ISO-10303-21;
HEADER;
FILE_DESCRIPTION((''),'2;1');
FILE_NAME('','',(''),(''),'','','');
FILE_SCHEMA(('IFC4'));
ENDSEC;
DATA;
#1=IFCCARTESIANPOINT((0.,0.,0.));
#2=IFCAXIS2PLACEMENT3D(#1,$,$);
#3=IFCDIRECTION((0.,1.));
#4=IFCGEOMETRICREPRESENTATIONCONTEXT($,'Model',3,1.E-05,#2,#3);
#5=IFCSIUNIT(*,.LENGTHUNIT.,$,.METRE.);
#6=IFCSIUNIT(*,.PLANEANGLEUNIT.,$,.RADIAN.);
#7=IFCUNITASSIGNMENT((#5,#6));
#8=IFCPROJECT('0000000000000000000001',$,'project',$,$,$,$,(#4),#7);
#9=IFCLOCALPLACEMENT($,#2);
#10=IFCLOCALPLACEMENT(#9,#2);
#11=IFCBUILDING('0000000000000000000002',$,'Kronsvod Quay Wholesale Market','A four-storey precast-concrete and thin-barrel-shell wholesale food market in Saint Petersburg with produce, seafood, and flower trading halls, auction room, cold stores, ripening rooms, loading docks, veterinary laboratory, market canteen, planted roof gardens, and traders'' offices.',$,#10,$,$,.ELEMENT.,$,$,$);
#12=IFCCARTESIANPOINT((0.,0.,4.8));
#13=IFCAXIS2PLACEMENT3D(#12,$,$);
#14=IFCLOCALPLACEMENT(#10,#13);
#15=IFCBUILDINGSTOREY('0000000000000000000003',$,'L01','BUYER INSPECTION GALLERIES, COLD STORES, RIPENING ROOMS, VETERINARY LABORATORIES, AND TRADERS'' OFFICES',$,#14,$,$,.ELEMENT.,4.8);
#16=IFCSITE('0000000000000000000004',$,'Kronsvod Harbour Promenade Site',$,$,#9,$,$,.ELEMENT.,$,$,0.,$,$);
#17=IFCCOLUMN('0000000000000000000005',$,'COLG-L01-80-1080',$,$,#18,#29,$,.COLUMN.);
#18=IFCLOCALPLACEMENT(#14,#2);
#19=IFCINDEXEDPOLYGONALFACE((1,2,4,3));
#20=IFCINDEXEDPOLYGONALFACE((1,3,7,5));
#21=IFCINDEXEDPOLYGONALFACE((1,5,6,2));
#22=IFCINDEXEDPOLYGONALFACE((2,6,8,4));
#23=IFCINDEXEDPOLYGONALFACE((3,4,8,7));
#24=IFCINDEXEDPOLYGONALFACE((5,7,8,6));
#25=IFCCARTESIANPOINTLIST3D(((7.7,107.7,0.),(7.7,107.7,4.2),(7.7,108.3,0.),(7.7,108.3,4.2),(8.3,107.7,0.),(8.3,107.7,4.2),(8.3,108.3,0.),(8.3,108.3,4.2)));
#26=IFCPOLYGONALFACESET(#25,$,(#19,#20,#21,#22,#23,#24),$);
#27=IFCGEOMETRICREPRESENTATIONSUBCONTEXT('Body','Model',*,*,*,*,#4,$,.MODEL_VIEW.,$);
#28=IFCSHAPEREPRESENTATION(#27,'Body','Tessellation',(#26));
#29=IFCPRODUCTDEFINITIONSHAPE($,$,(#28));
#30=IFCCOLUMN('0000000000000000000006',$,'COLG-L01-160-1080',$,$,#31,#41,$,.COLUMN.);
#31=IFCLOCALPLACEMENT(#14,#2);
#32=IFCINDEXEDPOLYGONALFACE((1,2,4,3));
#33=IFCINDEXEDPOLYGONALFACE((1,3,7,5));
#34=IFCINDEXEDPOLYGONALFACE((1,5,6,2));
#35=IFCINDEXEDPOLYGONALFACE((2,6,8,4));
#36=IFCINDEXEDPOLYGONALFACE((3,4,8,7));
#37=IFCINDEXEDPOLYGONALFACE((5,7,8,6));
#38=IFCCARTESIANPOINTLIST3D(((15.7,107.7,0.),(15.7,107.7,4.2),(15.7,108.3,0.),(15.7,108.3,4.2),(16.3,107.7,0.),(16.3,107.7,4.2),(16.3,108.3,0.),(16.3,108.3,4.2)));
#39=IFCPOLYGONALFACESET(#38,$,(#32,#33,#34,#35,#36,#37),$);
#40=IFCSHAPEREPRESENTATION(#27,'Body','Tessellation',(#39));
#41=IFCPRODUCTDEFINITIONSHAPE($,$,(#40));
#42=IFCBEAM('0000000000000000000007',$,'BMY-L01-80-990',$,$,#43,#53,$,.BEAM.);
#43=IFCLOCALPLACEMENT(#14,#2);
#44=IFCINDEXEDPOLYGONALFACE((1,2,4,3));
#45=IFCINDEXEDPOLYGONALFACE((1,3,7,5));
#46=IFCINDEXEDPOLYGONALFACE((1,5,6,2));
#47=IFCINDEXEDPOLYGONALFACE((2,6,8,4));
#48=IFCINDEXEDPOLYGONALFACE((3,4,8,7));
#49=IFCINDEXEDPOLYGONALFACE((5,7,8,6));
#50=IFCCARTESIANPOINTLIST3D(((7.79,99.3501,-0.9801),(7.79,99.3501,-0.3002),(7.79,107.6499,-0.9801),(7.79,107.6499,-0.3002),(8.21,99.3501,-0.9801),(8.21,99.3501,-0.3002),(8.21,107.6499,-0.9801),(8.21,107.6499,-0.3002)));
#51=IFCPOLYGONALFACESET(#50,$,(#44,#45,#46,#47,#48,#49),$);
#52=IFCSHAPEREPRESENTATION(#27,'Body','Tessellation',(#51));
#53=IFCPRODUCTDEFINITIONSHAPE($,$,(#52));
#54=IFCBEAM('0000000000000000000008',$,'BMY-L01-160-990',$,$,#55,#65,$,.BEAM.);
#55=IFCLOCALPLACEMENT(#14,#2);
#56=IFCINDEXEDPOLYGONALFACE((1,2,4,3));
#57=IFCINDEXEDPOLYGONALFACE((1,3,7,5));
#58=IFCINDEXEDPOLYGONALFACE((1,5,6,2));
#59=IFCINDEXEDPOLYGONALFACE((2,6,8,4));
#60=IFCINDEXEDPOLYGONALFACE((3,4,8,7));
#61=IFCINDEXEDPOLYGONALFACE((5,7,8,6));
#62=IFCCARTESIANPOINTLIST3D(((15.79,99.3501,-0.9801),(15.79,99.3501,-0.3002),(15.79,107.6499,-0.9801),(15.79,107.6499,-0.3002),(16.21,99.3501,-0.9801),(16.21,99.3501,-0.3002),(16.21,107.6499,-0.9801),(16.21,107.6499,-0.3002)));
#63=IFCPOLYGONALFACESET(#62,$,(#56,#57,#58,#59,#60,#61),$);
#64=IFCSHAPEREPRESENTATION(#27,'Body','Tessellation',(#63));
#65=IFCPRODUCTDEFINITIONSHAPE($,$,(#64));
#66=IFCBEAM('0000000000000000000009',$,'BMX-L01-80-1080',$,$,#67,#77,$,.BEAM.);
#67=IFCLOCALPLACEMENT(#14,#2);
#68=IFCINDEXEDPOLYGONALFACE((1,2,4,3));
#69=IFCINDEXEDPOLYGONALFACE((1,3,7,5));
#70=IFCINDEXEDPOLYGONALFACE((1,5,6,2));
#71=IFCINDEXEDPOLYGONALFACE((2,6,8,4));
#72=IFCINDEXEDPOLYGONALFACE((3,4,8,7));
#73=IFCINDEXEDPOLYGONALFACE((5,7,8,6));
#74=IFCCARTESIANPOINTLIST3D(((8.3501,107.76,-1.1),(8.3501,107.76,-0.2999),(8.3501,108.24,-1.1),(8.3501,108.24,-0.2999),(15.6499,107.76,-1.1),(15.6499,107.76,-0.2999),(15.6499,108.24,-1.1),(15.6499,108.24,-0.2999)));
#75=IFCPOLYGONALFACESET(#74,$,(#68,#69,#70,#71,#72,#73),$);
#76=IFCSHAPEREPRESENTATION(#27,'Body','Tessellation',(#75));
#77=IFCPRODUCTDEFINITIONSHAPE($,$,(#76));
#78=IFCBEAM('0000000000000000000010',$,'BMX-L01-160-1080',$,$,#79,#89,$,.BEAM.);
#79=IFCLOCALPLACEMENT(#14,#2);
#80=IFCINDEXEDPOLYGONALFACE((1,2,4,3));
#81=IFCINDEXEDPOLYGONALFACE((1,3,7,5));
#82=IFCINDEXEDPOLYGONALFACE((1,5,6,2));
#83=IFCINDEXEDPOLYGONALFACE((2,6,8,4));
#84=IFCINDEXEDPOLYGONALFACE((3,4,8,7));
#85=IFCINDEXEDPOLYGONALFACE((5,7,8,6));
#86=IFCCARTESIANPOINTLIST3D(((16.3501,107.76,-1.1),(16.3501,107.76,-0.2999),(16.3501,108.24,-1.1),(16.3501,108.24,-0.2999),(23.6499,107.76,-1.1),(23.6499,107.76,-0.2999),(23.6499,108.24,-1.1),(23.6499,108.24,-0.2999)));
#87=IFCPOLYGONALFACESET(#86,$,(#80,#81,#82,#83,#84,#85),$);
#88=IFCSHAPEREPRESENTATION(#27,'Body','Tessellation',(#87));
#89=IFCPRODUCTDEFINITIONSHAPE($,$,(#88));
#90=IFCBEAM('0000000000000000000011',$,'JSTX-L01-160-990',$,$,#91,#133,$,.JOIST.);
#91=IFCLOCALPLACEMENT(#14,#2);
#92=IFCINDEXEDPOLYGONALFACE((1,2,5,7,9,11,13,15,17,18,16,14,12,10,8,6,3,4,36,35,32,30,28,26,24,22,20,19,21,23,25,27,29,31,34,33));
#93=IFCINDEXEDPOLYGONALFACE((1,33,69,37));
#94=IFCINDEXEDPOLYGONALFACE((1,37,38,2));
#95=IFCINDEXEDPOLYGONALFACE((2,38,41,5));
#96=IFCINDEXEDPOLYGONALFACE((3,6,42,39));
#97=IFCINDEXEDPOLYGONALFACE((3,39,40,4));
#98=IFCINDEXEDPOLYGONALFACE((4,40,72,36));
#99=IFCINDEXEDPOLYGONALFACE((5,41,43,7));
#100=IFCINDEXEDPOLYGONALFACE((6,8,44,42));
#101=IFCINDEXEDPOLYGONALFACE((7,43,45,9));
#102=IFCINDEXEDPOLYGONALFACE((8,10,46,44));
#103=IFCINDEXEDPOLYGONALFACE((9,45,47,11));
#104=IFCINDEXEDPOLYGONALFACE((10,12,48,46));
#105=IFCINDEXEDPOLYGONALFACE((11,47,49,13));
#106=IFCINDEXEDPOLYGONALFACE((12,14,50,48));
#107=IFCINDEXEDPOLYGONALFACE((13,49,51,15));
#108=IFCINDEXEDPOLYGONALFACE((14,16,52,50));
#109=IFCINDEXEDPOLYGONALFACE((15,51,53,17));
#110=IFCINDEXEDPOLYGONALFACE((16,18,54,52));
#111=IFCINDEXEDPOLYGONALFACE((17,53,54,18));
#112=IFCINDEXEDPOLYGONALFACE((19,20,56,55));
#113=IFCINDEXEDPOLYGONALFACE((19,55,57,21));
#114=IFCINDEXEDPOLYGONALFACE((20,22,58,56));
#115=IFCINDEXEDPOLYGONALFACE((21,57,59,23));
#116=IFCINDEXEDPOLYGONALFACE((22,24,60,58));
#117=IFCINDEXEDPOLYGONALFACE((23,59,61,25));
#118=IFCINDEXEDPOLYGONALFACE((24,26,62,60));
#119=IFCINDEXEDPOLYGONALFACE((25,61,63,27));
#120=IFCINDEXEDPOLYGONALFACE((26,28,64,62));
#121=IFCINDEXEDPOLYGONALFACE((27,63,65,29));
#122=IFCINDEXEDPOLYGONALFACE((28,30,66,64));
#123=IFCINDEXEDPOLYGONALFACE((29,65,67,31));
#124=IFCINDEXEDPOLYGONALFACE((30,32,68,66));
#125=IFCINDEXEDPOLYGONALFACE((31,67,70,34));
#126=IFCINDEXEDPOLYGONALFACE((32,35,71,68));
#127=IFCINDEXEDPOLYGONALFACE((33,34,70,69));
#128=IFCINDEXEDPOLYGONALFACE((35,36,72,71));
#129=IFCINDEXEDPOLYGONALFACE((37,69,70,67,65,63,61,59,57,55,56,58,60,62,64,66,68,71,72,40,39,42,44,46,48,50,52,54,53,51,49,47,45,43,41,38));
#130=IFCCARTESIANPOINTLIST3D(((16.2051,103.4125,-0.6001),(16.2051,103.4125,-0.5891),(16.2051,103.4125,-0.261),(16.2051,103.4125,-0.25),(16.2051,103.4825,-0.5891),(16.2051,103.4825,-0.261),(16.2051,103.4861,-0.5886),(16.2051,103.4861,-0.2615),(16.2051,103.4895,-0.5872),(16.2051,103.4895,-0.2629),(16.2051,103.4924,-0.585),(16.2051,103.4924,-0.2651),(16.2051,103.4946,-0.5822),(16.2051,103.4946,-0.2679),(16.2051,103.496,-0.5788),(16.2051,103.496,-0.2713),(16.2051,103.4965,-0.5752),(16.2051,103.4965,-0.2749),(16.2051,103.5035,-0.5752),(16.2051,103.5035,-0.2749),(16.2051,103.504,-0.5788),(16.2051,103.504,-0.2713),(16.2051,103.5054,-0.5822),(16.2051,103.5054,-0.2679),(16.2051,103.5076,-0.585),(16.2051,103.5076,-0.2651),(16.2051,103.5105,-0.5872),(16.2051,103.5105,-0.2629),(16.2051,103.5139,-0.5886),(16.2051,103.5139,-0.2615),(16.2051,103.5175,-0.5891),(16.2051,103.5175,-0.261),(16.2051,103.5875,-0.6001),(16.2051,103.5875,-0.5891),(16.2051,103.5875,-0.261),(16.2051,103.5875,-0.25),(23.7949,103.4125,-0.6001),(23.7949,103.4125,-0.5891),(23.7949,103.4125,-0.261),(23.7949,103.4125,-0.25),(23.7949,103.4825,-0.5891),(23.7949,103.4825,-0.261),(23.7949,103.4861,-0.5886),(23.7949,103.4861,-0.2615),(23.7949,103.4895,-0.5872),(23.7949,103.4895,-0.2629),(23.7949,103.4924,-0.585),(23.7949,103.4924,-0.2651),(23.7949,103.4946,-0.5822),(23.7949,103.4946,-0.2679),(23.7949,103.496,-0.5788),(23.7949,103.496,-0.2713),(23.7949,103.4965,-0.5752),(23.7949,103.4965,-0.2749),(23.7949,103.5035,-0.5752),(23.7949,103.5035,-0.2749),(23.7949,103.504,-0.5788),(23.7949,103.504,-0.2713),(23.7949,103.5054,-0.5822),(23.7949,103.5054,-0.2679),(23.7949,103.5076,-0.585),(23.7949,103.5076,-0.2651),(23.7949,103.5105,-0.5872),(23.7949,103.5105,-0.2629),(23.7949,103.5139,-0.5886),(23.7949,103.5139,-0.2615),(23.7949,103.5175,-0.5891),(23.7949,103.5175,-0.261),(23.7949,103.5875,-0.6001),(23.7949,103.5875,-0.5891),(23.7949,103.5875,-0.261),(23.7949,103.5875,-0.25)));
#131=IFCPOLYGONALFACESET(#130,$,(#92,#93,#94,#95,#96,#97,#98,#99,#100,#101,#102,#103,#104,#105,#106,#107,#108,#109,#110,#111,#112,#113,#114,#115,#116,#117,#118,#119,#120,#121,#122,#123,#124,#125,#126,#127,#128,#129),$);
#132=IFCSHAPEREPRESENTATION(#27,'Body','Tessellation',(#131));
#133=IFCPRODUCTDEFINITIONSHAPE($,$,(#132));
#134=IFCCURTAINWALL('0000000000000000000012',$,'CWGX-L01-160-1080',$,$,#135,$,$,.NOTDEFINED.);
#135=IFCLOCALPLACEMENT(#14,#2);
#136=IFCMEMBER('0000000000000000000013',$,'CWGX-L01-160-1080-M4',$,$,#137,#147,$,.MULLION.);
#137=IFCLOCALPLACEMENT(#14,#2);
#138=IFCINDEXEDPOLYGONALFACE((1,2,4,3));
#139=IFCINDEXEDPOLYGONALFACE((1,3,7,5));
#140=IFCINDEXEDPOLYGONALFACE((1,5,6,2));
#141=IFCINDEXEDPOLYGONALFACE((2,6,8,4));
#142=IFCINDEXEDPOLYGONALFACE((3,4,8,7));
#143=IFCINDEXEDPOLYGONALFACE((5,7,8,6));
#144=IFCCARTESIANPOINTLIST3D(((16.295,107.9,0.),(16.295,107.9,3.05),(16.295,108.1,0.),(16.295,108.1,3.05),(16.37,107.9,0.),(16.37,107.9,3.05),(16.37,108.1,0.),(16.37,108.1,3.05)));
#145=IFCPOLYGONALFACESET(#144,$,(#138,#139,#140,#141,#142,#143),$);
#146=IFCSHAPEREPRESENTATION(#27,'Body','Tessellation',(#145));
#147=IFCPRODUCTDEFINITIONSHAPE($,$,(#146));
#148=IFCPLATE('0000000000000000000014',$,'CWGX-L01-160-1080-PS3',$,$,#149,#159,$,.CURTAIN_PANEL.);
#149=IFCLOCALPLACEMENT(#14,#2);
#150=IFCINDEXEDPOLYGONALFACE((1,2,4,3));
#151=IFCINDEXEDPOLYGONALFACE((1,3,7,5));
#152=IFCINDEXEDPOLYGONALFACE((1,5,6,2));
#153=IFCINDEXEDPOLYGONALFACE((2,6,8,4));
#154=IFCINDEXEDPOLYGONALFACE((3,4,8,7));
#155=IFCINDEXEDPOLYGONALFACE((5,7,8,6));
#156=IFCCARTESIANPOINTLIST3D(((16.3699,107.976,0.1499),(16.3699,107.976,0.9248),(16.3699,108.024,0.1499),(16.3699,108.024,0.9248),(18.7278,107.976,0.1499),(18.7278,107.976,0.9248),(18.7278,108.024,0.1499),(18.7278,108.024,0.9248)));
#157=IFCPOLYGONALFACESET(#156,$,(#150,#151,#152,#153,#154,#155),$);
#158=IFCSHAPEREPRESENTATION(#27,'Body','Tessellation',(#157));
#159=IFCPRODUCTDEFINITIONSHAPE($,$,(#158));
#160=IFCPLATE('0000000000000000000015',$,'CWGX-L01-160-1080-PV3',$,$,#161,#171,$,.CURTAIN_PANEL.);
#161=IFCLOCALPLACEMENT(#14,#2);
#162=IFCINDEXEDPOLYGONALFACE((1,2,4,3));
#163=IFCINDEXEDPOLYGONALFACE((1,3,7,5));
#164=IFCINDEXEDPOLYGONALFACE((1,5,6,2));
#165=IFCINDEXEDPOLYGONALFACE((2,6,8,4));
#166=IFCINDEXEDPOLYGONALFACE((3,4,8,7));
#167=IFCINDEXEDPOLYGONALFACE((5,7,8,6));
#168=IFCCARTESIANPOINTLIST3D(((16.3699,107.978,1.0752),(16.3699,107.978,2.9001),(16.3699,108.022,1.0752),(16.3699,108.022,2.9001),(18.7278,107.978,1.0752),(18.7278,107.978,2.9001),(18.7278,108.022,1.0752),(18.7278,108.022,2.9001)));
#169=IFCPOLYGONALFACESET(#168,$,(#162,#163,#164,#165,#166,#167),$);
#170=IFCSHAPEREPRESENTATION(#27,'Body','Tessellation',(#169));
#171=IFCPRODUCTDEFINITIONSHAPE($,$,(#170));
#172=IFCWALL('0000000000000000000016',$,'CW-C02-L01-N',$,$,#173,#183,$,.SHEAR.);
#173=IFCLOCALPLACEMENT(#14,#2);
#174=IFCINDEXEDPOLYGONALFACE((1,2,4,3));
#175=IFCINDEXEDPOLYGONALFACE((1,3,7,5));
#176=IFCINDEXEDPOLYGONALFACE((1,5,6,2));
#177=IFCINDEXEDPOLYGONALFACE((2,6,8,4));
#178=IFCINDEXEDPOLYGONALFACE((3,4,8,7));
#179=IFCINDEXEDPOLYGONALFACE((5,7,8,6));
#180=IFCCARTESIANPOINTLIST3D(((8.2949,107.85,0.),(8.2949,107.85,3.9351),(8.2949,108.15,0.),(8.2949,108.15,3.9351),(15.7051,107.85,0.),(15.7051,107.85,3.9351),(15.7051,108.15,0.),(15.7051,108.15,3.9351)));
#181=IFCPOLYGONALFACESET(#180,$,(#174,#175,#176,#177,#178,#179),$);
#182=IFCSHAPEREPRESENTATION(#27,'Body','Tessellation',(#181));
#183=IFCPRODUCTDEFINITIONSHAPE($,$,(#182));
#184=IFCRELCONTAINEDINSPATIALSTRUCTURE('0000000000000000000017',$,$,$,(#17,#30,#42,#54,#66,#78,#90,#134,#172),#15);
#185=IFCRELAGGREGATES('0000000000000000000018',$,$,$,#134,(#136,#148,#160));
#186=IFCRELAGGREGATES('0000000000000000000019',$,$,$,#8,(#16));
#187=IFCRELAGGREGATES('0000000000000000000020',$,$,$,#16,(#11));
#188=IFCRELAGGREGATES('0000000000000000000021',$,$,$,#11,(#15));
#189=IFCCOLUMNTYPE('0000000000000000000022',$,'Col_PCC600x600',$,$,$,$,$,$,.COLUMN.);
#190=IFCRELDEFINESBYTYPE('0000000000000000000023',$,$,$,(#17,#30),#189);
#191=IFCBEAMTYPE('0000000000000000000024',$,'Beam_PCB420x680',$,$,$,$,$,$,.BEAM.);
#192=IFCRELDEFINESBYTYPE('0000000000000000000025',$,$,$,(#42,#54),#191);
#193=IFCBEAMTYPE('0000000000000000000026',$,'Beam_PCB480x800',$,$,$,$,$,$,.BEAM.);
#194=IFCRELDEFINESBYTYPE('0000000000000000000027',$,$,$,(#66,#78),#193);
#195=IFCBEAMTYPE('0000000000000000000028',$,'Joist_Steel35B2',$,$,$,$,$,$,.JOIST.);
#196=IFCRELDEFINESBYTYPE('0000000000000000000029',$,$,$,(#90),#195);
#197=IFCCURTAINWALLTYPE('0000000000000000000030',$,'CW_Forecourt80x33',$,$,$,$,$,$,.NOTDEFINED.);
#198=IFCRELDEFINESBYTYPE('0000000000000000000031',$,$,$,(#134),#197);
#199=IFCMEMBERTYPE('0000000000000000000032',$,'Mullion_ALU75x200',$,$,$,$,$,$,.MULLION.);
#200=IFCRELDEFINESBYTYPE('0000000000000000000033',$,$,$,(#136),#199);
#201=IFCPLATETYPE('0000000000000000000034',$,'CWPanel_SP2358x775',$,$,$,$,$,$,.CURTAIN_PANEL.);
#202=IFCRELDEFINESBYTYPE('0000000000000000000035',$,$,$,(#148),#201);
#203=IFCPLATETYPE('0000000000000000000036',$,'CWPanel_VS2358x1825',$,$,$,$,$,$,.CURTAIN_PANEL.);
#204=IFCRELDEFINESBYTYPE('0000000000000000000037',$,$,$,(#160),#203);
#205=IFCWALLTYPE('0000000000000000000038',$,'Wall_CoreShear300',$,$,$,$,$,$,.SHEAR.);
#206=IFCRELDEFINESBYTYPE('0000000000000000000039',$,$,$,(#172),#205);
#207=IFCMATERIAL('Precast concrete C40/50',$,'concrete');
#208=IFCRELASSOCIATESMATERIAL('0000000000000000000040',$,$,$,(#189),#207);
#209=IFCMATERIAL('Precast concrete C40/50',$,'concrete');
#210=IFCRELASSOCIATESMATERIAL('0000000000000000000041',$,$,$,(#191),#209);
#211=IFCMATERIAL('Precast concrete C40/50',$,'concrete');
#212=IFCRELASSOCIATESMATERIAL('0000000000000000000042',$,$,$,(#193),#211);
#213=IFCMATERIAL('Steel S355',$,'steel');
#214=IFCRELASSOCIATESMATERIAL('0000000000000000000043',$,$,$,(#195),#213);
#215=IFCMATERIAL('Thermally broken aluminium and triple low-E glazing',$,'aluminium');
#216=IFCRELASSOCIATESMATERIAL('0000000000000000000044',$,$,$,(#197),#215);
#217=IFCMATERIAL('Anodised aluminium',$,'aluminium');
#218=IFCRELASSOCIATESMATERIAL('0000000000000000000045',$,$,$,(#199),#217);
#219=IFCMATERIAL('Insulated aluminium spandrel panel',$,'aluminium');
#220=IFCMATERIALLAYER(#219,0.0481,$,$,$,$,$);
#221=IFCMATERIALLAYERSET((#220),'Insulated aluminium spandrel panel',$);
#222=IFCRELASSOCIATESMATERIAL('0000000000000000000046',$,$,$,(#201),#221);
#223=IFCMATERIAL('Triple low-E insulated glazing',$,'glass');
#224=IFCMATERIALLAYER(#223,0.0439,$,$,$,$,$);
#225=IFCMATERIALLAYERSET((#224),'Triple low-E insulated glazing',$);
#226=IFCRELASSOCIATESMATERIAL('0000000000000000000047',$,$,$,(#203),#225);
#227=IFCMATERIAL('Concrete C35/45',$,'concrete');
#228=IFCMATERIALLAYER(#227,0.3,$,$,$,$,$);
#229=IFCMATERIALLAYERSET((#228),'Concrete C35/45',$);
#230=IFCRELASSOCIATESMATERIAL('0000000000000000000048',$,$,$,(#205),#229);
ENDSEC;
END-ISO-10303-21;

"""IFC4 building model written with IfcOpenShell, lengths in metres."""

from ifc_helpers import new_model, si_unit, direction, frame, frame_2d, origin, origin_2d, place, context, subcontext, project, spatial, rectangle, i_section, extrude, material, layer, layer_set, material_profile, profile_set, type_object, element, aggregate, save


model = new_model("IFC4")

# Units and contexts
model_context = context("Model", 3, precision=1e-05, world=origin(), true_north=direction((0.0, 1.0)))
body_context = subcontext(model_context, "Body", "Model", "MODEL_VIEW")
ifc_project = project(units=[si_unit("LENGTHUNIT", "METRE"), si_unit("PLANEANGLEUNIT", "RADIAN")], contexts=[model_context])

# Site, building, storey
site_placement = place(None, origin())
site = spatial("IfcSite", under=ifc_project, at=site_placement, Name="Kronsvod Harbour Promenade Site", CompositionType="ELEMENT", RefElevation=0.0)
building_placement = place(site_placement, origin())
building = spatial("IfcBuilding", under=site, at=building_placement, Name="Kronsvod Quay Wholesale Market", Description="A four-storey precast-concrete and thin-barrel-shell wholesale food market in Saint Petersburg with produce, seafood, and flower trading halls, auction room, cold stores, ripening rooms, loading docks, veterinary laboratory, market canteen, planted roof gardens, and traders' offices.", CompositionType="ELEMENT")
storey_placement = place(building_placement, frame((0.0, 0.0, 4.8)))
storey = spatial("IfcBuildingStorey", under=building, at=storey_placement, Name="L01", Description="BUYER INSPECTION GALLERIES, COLD STORES, RIPENING ROOMS, VETERINARY LABORATORIES, AND TRADERS' OFFICES", CompositionType="ELEMENT", Elevation=4.8)

# Columns
ifc_material_1 = material(Name="Precast concrete C40/50", Category="concrete")
ifc_material_profile_1 = material_profile(ifc_material_1, rectangle(XDim=0.6001, YDim=0.6001, at=origin_2d()), Name="PCC600x600")
ifc_profile_set_1 = profile_set([ifc_material_profile_1], Name="Precast concrete C40/50")
column_type = type_object("IfcColumnType", Name="Col_PCC600x600", PredefinedType="COLUMN", material=ifc_profile_set_1)
for number, where, z_axis, x_axis, name in (
    (1, (8.0, 108.0, 0.0), (0.0, 0.0, 1.0), (1.0, 0.0, 0.0), "COLG-L01-80-1080"),
    (2, (16.0, 108.0, 0.0), (0.0, 0.0, 1.0), (1.0, 0.0, 0.0), "COLG-L01-160-1080"),
):
    element("IfcColumn", number, at=place(storey_placement, frame(where, z_axis=z_axis, x_axis=x_axis)), inside=storey, type_object=column_type, Name=name, PredefinedType="COLUMN", context=body_context, shape_type="SweptSolid", body=[
        extrude(rectangle(XDim=0.6001, YDim=0.6001, at=origin_2d()), origin(), (0.0, 0.0, 1.0), 4.2),
    ])

# Beams
ifc_material_2 = material(Name="Precast concrete C40/50", Category="concrete")
ifc_material_profile_2 = material_profile(ifc_material_2, rectangle(XDim=0.4199, YDim=0.6799, at=origin_2d()), Name="PB-05")
ifc_profile_set_2 = profile_set([ifc_material_profile_2], Name="Precast concrete C40/50")
beam_type_1 = type_object("IfcBeamType", Name="Beam_PCB420x680", PredefinedType="BEAM", material=ifc_profile_set_2)
for number, where, z_axis, x_axis, name in (
    (3, (8.0, 99.3501, -0.6401), (0.0, 1.0, 0.0), (-1.0, 0.0, 0.0), "BMY-L01-80-990"),
    (4, (16.0, 99.3501, -0.6401), (0.0, 1.0, 0.0), (-1.0, 0.0, 0.0), "BMY-L01-160-990"),
):
    element("IfcBeam", number, at=place(storey_placement, frame(where, z_axis=z_axis, x_axis=x_axis)), inside=storey, type_object=beam_type_1, Name=name, PredefinedType="BEAM", context=body_context, shape_type="SweptSolid", body=[
        extrude(rectangle(XDim=0.4199, YDim=0.6799, at=origin_2d()), origin(), (0.0, 0.0, 1.0), 8.2998),
    ])
ifc_material_3 = material(Name="Precast concrete C40/50", Category="concrete")
ifc_material_profile_3 = material_profile(ifc_material_3, rectangle(XDim=0.48, YDim=0.8, at=origin_2d()), Name="PB-04")
ifc_profile_set_3 = profile_set([ifc_material_profile_3], Name="Precast concrete C40/50")
beam_type_2 = type_object("IfcBeamType", Name="Beam_PCB480x800", PredefinedType="BEAM", material=ifc_profile_set_3)
for number, where, z_axis, x_axis, name in (
    (5, (8.3501, 108.0, -0.7), (1.0, 0.0, 0.0), (0.0, 1.0, 0.0), "BMX-L01-80-1080"),
    (6, (16.3501, 108.0, -0.7), (1.0, 0.0, 0.0), (0.0, 1.0, 0.0), "BMX-L01-160-1080"),
):
    element("IfcBeam", number, at=place(storey_placement, frame(where, z_axis=z_axis, x_axis=x_axis)), inside=storey, type_object=beam_type_2, Name=name, PredefinedType="BEAM", context=body_context, shape_type="SweptSolid", body=[
        extrude(rectangle(XDim=0.48, YDim=0.8, at=origin_2d()), origin(), (0.0, 0.0, 1.0), 7.2998),
    ])
ifc_material_4 = material(Name="Steel S355", Category="steel")
ifc_material_profile_4 = material_profile(ifc_material_4, i_section(OverallWidth=0.175, OverallDepth=0.3501, WebThickness=0.0071, FlangeThickness=0.011, FilletRadius=0.0139, at=origin_2d()), Name="35B2")
ifc_profile_set_4 = profile_set([ifc_material_profile_4], Name="Steel S355")
beam_type_3 = type_object("IfcBeamType", Name="Joist_Steel35B2", PredefinedType="JOIST", material=ifc_profile_set_4)
beam_placement = place(storey_placement, frame((16.2051, 103.5, -0.425), z_axis=(1.0, 0.0, 0.0), x_axis=(0.0, 1.0, 0.0)))
element("IfcBeam", 7, at=beam_placement, inside=storey, type_object=beam_type_3, Name="JSTX-L01-160-990", PredefinedType="JOIST", context=body_context, shape_type="SweptSolid", body=[
    extrude(i_section(OverallWidth=0.175, OverallDepth=0.3501, WebThickness=0.0071, FlangeThickness=0.011, FilletRadius=0.0139, at=origin_2d()), origin(), (0.0, 0.0, 1.0), 7.5898),
])

# Curtain wall, member, plates
ifc_material_5 = material(Name="Thermally broken aluminium and triple low-E glazing", Category="aluminium")
curtain_wall_type = type_object("IfcCurtainWallType", Name="CW_Forecourt80x33", PredefinedType="NOTDEFINED", material=ifc_material_5)
curtain_wall_placement = place(storey_placement, origin())
curtain_wall = element("IfcCurtainWall", 8, at=curtain_wall_placement, inside=storey, type_object=curtain_wall_type, Name="CWGX-L01-160-1080", PredefinedType="NOTDEFINED")
ifc_material_6 = material(Name="Anodised aluminium", Category="aluminium")
ifc_material_profile_5 = material_profile(ifc_material_6, rectangle(XDim=0.075, YDim=0.2, at=origin_2d()), Name="ALUM75x200")
ifc_profile_set_5 = profile_set([ifc_material_profile_5], Name="Anodised aluminium")
member_type = type_object("IfcMemberType", Name="Mullion_ALU75x200", PredefinedType="MULLION", material=ifc_profile_set_5)
member_placement = place(storey_placement, frame((16.3325, 108.0, 0.0), z_axis=(0.0, 0.0, 1.0), x_axis=(1.0, 0.0, 0.0)))
member = element("IfcMember", 9, at=member_placement, type_object=member_type, Name="CWGX-L01-160-1080-M4", PredefinedType="MULLION", context=body_context, shape_type="SweptSolid", body=[
    extrude(rectangle(XDim=0.075, YDim=0.2, at=origin_2d()), origin(), (0.0, 0.0, 1.0), 3.05),
])
ifc_material_7 = material(Name="Insulated aluminium spandrel panel", Category="aluminium")
ifc_layer_1 = layer(ifc_material_7, 0.0481)
ifc_layer_set_1 = layer_set([ifc_layer_1], Name="Insulated aluminium spandrel panel")
plate_type_1 = type_object("IfcPlateType", Name="CWPanel_SP2358x775", PredefinedType="CURTAIN_PANEL", material=ifc_layer_set_1)
plate_1_placement = place(storey_placement, frame((17.5488, 108.0, 0.1499), z_axis=(0.0, 0.0, 1.0), x_axis=(-1.0, 0.0, 0.0)))
plate_1 = element("IfcPlate", 10, at=plate_1_placement, type_object=plate_type_1, Name="CWGX-L01-160-1080-PS3", PredefinedType="CURTAIN_PANEL", context=body_context, shape_type="SweptSolid", body=[
    extrude(rectangle(XDim=2.3579, YDim=0.0481, at=origin_2d()), origin(), (0.0, 0.0, 1.0), 0.7749),
])
ifc_material_8 = material(Name="Triple low-E insulated glazing", Category="glass")
ifc_layer_2 = layer(ifc_material_8, 0.0439)
ifc_layer_set_2 = layer_set([ifc_layer_2], Name="Triple low-E insulated glazing")
plate_type_2 = type_object("IfcPlateType", Name="CWPanel_VS2358x1825", PredefinedType="CURTAIN_PANEL", material=ifc_layer_set_2)
plate_2_placement = place(storey_placement, frame((17.5488, 108.0, 1.0752), z_axis=(0.0, 0.0, 1.0), x_axis=(-1.0, 0.0, 0.0)))
plate_2 = element("IfcPlate", 11, at=plate_2_placement, type_object=plate_type_2, Name="CWGX-L01-160-1080-PV3", PredefinedType="CURTAIN_PANEL", context=body_context, shape_type="SweptSolid", body=[
    extrude(rectangle(XDim=2.3579, YDim=0.0439, at=origin_2d()), origin(), (0.0, 0.0, 1.0), 1.825),
])
aggregate(curtain_wall, [member, plate_1, plate_2])

# Wall
ifc_material_9 = material(Name="Concrete C35/45", Category="concrete")
ifc_layer_3 = layer(ifc_material_9, 0.3)
ifc_layer_set_3 = layer_set([ifc_layer_3], Name="Concrete C35/45")
wall_type_1 = type_object("IfcWallType", Name="Wall_CoreShear300", PredefinedType="SHEAR", material=ifc_layer_set_3)
wall_1_placement = place(storey_placement, frame((8.2949, 108.0, 0.0), z_axis=(0.0, 0.0, 1.0), x_axis=(1.0, 0.0, 0.0)))
element("IfcWall", 12, at=wall_1_placement, inside=storey, type_object=wall_type_1, Name="CW-C02-L01-N", PredefinedType="SHEAR", context=body_context, shape_type="SweptSolid", body=[
    extrude(rectangle(XDim=7.4102, YDim=0.3, at=frame_2d((3.7051, 0.0))), origin(), (0.0, 0.0, 1.0), 3.9351),
])

save(model, "model.ifc")
